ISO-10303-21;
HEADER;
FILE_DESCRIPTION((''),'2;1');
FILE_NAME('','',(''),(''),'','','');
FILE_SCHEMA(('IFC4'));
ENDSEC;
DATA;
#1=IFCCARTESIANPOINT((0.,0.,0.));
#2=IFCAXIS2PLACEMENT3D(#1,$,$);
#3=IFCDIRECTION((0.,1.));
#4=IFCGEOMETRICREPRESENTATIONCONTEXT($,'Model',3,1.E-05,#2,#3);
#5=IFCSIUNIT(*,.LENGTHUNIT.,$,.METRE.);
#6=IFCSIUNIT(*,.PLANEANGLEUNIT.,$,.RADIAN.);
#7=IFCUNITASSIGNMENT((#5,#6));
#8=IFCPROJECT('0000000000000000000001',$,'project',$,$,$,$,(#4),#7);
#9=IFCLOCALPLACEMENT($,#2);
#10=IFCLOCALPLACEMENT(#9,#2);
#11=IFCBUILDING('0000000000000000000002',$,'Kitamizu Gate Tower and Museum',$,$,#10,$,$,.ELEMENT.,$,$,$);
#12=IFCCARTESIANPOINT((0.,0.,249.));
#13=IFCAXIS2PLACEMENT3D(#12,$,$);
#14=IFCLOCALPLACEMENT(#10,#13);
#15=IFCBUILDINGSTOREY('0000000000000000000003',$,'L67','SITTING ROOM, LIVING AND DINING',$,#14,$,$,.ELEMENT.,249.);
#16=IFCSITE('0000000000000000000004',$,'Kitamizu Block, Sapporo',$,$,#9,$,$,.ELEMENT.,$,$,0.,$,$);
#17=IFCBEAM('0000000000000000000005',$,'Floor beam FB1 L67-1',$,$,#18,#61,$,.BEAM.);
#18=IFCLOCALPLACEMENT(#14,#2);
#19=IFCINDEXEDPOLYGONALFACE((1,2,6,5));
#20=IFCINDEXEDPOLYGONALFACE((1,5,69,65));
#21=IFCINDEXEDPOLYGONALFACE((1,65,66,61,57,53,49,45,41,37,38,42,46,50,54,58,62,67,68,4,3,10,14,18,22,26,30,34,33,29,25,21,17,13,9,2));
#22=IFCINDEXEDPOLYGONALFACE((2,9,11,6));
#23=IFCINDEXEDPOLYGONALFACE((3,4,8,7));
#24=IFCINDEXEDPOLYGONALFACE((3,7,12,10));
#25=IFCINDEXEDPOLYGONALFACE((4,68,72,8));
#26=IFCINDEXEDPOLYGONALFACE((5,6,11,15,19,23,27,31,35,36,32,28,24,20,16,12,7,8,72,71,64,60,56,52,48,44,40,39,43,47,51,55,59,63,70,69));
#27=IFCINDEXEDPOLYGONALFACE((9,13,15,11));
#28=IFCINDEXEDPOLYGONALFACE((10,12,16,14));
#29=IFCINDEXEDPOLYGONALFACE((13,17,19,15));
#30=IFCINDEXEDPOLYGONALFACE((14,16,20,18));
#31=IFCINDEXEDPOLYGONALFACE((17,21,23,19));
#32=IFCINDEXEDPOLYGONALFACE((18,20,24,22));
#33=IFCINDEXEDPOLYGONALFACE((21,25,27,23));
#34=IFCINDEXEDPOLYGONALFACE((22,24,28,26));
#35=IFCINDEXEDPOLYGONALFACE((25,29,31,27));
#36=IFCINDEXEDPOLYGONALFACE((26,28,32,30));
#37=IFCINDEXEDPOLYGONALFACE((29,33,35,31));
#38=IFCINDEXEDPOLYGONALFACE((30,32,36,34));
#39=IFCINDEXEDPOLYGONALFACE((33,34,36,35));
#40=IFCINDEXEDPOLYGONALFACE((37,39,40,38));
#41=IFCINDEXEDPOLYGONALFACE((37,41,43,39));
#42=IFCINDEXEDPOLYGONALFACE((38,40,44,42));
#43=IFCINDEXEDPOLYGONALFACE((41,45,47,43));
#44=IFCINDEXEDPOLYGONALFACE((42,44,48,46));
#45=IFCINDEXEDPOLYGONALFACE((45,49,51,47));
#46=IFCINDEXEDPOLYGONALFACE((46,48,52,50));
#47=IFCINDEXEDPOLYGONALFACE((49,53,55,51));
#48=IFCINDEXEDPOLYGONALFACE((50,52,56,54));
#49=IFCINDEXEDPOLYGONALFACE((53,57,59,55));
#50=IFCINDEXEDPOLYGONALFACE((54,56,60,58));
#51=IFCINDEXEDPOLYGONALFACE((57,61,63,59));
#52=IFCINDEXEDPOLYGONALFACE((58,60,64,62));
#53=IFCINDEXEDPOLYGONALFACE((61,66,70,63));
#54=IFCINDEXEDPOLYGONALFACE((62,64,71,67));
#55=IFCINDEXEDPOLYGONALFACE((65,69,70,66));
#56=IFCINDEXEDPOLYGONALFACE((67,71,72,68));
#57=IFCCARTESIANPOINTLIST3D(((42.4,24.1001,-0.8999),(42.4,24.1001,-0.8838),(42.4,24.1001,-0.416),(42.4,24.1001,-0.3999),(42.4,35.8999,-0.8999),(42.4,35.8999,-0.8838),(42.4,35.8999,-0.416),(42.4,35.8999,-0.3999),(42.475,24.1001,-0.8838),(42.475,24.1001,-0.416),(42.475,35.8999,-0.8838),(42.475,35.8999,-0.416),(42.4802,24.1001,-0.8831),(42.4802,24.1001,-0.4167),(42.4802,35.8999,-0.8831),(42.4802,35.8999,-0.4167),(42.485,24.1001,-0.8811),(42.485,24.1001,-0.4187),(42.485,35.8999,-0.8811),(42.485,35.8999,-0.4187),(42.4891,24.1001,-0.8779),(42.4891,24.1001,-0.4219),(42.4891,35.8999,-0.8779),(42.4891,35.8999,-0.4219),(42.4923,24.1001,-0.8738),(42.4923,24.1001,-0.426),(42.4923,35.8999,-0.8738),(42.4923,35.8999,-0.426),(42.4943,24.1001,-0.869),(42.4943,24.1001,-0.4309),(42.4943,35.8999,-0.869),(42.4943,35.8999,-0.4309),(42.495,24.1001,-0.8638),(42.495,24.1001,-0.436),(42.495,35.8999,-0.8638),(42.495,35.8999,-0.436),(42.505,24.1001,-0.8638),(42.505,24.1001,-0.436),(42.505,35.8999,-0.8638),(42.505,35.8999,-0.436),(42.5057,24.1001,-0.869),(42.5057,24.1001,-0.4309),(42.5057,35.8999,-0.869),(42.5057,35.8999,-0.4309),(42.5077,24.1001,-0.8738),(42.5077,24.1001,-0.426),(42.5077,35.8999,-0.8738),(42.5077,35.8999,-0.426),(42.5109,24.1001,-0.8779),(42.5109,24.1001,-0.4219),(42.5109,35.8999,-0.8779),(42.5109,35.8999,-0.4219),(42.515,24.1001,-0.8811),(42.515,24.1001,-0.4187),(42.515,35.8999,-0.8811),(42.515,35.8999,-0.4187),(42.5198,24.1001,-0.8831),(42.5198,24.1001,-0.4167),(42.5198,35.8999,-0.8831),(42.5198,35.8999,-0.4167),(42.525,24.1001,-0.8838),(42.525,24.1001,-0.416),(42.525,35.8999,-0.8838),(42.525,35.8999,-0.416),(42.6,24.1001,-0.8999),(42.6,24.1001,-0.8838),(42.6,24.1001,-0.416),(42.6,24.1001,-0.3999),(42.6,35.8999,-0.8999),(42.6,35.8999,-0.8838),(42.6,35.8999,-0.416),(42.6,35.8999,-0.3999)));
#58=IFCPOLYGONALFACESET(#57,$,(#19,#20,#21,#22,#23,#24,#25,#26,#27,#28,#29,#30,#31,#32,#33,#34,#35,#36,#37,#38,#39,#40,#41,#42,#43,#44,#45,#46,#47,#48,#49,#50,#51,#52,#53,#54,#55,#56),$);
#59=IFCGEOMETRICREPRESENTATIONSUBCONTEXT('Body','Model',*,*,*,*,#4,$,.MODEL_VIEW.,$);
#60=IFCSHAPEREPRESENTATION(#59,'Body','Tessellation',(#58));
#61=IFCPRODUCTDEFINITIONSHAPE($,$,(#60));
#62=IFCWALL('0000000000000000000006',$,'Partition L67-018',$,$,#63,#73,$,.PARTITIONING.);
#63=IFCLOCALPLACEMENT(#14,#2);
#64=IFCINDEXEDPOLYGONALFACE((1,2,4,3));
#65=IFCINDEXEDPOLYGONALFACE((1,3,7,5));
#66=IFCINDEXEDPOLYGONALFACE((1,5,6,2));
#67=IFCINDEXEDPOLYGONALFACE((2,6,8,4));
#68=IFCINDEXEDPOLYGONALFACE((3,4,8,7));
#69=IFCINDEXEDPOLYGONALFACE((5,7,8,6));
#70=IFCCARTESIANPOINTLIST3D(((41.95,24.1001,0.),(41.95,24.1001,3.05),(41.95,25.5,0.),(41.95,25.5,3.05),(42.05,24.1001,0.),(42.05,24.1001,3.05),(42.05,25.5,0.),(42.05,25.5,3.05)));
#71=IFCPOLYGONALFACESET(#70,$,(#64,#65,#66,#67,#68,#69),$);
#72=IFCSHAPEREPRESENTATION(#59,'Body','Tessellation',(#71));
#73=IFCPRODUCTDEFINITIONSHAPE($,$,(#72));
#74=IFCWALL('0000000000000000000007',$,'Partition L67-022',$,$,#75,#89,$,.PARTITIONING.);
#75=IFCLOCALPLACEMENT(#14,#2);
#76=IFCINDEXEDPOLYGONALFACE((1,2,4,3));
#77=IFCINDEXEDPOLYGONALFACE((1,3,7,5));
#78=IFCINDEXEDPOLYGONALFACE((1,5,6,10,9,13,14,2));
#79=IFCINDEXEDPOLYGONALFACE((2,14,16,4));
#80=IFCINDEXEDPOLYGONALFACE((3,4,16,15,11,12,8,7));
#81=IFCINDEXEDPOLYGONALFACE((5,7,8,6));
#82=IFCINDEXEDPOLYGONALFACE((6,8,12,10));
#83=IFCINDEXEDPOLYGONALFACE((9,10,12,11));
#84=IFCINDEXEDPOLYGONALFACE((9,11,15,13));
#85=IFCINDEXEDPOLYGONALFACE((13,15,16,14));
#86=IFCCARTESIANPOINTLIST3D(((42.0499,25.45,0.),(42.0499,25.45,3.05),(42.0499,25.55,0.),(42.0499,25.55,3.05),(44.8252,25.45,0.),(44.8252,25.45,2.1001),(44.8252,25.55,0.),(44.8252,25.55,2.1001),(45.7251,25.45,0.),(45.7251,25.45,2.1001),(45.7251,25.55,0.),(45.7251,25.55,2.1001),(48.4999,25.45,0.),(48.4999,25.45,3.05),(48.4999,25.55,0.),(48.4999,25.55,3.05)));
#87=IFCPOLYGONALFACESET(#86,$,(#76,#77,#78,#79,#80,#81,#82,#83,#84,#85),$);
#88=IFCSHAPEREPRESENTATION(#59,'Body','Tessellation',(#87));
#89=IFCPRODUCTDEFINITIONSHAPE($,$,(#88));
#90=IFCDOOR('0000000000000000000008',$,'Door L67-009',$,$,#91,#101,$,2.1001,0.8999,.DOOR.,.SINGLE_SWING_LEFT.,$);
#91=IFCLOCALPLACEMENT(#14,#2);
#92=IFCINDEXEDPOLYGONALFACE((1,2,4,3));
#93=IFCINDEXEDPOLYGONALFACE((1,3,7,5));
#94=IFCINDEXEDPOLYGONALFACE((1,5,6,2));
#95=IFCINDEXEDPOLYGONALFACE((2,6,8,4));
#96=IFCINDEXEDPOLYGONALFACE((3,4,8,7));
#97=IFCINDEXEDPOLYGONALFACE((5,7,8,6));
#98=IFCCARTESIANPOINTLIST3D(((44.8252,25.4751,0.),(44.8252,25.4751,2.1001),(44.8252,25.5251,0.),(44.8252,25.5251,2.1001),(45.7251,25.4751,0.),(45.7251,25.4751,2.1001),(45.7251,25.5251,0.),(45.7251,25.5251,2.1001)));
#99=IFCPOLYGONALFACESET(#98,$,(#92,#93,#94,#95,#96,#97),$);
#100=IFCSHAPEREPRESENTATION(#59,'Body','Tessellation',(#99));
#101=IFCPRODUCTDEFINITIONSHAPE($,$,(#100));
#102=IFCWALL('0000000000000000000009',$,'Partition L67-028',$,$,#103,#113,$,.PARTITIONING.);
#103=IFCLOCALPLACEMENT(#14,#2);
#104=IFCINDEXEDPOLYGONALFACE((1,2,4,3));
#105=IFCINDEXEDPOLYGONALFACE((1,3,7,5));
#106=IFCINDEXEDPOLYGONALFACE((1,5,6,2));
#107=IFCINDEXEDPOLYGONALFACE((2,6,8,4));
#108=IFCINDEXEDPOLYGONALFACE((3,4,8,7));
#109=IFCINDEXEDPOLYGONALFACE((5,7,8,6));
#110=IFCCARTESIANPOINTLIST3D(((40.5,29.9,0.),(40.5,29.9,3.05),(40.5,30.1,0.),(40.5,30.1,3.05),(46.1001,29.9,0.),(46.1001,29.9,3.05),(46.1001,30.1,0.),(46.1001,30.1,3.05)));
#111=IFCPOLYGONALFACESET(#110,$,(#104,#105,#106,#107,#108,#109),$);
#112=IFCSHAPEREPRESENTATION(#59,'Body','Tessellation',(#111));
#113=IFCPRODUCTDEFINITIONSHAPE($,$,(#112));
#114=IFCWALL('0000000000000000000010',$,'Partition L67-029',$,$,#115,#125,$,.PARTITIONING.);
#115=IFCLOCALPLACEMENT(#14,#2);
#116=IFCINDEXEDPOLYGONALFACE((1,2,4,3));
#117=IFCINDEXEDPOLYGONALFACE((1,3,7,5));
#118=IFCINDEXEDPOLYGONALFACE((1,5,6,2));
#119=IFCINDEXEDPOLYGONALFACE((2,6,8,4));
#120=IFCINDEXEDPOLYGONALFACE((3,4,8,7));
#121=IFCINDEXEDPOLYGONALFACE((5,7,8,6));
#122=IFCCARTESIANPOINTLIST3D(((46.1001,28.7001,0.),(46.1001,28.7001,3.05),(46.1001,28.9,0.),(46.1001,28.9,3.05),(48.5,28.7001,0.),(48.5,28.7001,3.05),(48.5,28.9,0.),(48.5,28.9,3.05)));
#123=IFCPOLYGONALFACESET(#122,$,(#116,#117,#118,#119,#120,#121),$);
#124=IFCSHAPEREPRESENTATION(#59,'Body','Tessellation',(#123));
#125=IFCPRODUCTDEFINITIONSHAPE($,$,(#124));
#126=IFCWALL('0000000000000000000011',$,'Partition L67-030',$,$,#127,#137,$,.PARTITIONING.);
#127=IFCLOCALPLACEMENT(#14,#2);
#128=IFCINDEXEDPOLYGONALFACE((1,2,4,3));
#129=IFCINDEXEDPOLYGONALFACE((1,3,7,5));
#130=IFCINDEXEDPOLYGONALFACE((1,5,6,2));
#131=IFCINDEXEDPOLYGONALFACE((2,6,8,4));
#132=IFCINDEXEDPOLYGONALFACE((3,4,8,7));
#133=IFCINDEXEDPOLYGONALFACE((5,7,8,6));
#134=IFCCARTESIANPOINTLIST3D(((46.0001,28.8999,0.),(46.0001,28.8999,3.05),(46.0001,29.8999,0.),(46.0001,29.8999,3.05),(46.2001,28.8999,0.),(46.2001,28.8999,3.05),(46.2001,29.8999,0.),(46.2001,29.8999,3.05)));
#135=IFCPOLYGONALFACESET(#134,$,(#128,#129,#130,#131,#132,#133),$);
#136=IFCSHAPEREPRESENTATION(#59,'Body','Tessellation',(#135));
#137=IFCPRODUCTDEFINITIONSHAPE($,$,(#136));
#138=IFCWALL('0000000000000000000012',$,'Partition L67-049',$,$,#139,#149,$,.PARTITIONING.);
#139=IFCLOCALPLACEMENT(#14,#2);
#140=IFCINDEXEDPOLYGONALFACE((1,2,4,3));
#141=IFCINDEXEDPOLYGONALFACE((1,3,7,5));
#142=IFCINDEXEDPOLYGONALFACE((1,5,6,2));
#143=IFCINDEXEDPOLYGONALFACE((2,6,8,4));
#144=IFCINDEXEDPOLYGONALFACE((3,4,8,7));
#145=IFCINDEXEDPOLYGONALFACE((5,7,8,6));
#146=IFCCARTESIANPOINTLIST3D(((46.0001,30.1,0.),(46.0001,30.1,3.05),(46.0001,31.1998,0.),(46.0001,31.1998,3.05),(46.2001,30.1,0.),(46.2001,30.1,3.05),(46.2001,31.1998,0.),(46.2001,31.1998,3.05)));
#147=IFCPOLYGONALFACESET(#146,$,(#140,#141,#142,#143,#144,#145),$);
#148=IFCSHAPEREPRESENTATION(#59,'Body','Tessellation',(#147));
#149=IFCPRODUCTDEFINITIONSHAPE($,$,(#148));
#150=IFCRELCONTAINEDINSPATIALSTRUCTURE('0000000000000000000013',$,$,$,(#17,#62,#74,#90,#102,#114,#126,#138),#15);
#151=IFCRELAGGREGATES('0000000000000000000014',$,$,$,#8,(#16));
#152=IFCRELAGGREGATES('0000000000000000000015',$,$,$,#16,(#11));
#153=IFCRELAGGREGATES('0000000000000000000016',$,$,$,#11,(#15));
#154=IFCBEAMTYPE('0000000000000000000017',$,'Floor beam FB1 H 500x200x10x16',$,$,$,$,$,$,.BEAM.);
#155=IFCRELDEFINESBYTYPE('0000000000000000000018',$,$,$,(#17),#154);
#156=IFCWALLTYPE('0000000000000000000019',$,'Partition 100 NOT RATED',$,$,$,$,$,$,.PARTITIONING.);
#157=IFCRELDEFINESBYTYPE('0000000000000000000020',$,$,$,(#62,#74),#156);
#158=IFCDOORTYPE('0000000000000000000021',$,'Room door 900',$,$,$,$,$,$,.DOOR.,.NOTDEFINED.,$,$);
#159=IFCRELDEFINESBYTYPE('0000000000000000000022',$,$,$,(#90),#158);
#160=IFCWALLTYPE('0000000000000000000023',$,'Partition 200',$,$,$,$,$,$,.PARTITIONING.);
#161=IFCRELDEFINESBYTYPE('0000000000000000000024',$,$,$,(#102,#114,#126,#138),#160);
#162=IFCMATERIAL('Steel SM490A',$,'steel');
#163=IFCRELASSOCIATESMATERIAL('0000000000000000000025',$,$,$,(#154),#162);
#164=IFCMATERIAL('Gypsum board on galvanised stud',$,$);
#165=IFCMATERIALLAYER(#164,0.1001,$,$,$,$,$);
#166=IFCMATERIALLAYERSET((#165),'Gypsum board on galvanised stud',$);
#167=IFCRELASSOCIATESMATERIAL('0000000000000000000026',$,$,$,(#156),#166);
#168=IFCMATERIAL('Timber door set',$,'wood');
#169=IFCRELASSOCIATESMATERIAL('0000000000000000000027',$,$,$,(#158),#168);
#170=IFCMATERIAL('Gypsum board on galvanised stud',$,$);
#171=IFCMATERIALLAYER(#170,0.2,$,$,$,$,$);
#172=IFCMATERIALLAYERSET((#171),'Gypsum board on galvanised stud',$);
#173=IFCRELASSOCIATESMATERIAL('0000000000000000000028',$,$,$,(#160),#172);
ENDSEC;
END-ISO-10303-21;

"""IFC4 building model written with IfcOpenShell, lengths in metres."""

from ifc_helpers import new_model, si_unit, direction, frame, frame_2d, origin, origin_2d, place, context, subcontext, project, spatial, rectangle, i_section, extrude, material, layer, layer_set, material_profile, profile_set, type_object, element, fill, save


model = new_model("IFC4")

# Units and contexts
model_context = context("Model", 3, precision=1e-05, world=origin(), true_north=direction((0.0, 1.0)))
body_context = subcontext(model_context, "Body", "Model", "MODEL_VIEW")
ifc_project = project(units=[si_unit("LENGTHUNIT", "METRE"), si_unit("PLANEANGLEUNIT", "RADIAN")], contexts=[model_context])

# Site, building, storey
site_placement = place(None, origin())
site = spatial("IfcSite", under=ifc_project, at=site_placement, Name="Kitamizu Block, Sapporo", CompositionType="ELEMENT", RefElevation=0.0)
building_placement = place(site_placement, origin())
building = spatial("IfcBuilding", under=site, at=building_placement, Name="Kitamizu Gate Tower and Museum", CompositionType="ELEMENT")
storey_placement = place(building_placement, frame((0.0, 0.0, 249.0)))
storey = spatial("IfcBuildingStorey", under=building, at=storey_placement, Name="L67", Description="SITTING ROOM, LIVING AND DINING", CompositionType="ELEMENT", Elevation=249.0)

# Beam
ifc_material_1 = material(Name="Steel SM490A", Category="steel")
ifc_material_profile = material_profile(ifc_material_1, i_section(OverallWidth=0.2, OverallDepth=0.5, WebThickness=0.01, FlangeThickness=0.0161, FilletRadius=0.02, at=origin_2d()), Name="H-500x200x10x16")
ifc_profile_set = profile_set([ifc_material_profile], Name="Steel SM490A")
beam_type = type_object("IfcBeamType", Name="Floor beam FB1 H 500x200x10x16", PredefinedType="BEAM", material=ifc_profile_set)
beam_placement = place(storey_placement, frame((42.5, 24.1001, -0.6499), z_axis=(0.0, 1.0, 0.0), x_axis=(-1.0, 0.0, 0.0)))
element("IfcBeam", 1, at=beam_placement, inside=storey, type_object=beam_type, Name="Floor beam FB1 L67-1", PredefinedType="BEAM", context=body_context, shape_type="SweptSolid", body=[
    extrude(i_section(OverallWidth=0.2, OverallDepth=0.5, WebThickness=0.01, FlangeThickness=0.0161, FilletRadius=0.02, at=origin_2d()), origin(), (0.0, 0.0, 1.0), 11.7998),
])

# Wall
ifc_material_2 = material(Name="Gypsum board on galvanised stud")
ifc_layer_1 = layer(ifc_material_2, 0.1001)
ifc_layer_set_1 = layer_set([ifc_layer_1], Name="Gypsum board on galvanised stud")
wall_type_1 = type_object("IfcWallType", Name="Partition 100 NOT RATED", PredefinedType="PARTITIONING", material=ifc_layer_set_1)
wall_1_placement = place(storey_placement, frame((42.0, 24.1001, 0.0), z_axis=(0.0, 0.0, 1.0), x_axis=(0.0, 1.0, 0.0)))
element("IfcWall", 2, at=wall_1_placement, inside=storey, type_object=wall_type_1, Name="Partition L67-018", PredefinedType="PARTITIONING", context=body_context, shape_type="SweptSolid", body=[
    extrude(rectangle(XDim=1.3999, YDim=0.1001, at=frame_2d((0.7, 0.0))), origin(), (0.0, 0.0, 1.0), 3.05),
])

# Wall, opening, door
wall_2_placement = place(storey_placement, frame((48.5, 25.5, 0.0), z_axis=(0.0, 0.0, 1.0), x_axis=(-1.0, 0.0, 0.0)))
wall_2 = element("IfcWall", 3, at=wall_2_placement, inside=storey, type_object=wall_type_1, Name="Partition L67-022", PredefinedType="PARTITIONING", context=body_context, shape_type="SweptSolid", body=[
    extrude(rectangle(XDim=6.45, YDim=0.1001, at=frame_2d((3.2251, 0.0))), origin(), (0.0, 0.0, 1.0), 3.05),
])
opening_1_placement = place(wall_2_placement, frame((2.7749, 0.0, 0.0)))
opening_1 = element("IfcOpeningElement", 4, at=opening_1_placement, cuts=wall_2, PredefinedType="OPENING", context=body_context, shape_type="SweptSolid", body=[
    extrude(rectangle(XDim=0.8999, YDim=2.1001, at=frame_2d((0.45, 1.05))), frame((0.0, 0.0601, 0.0), z_axis=(0.0, -1.0, 0.0), x_axis=(1.0, 0.0, 0.0)), (0.0, 0.0, 1.0), 0.1201),
])
ifc_material_3 = material(Name="Timber door set", Category="wood")
door_type_1 = type_object("IfcDoorType", Name="Room door 900", OperationType="NOTDEFINED", PredefinedType="DOOR", material=ifc_material_3)
door_1_placement = place(opening_1_placement, origin())
door_1 = element("IfcDoor", 5, at=door_1_placement, inside=storey, type_object=door_type_1, Name="Door L67-009", OperationType="SINGLE_SWING_LEFT", OverallHeight=2.1001, OverallWidth=0.8999, PredefinedType="DOOR", context=body_context, shape_type="SweptSolid", body=[
    extrude(rectangle(XDim=0.8999, YDim=2.1001, at=frame_2d((0.45, 1.05))), frame((0.0, 0.0249, 0.0), z_axis=(0.0, -1.0, 0.0), x_axis=(1.0, 0.0, 0.0)), (0.0, 0.0, 1.0), 0.05),
])
fill(opening_1, door_1)

# Walls
ifc_material_4 = material(Name="Gypsum board on galvanised stud")
ifc_layer_2 = layer(ifc_material_4, 0.2)
ifc_layer_set_2 = layer_set([ifc_layer_2], Name="Gypsum board on galvanised stud")
wall_type_2 = type_object("IfcWallType", Name="Partition 200", PredefinedType="PARTITIONING", material=ifc_layer_set_2)
wall_3_placement = place(storey_placement, frame((46.1001, 30.0, 0.0), z_axis=(0.0, 0.0, 1.0), x_axis=(-1.0, 0.0, 0.0)))
element("IfcWall", 6, at=wall_3_placement, inside=storey, type_object=wall_type_2, Name="Partition L67-028", PredefinedType="PARTITIONING", context=body_context, shape_type="SweptSolid", body=[
    extrude(rectangle(XDim=5.6001, YDim=0.2, at=frame_2d((2.8, 0.0))), origin(), (0.0, 0.0, 1.0), 3.05),
])
wall_4_placement = place(storey_placement, frame((48.5, 28.8, 0.0), z_axis=(0.0, 0.0, 1.0), x_axis=(-1.0, 0.0, 0.0)))
element("IfcWall", 7, at=wall_4_placement, inside=storey, type_object=wall_type_2, Name="Partition L67-029", PredefinedType="PARTITIONING", context=body_context, shape_type="SweptSolid", body=[
    extrude(rectangle(XDim=2.3999, YDim=0.2, at=frame_2d((1.2, 0.0))), origin(), (0.0, 0.0, 1.0), 3.05),
])
wall_5_placement = place(storey_placement, frame((46.1001, 28.8999, 0.0), z_axis=(0.0, 0.0, 1.0), x_axis=(0.0, 1.0, 0.0)))
element("IfcWall", 8, at=wall_5_placement, inside=storey, type_object=wall_type_2, Name="Partition L67-030", PredefinedType="PARTITIONING", context=body_context, shape_type="SweptSolid", body=[
    extrude(rectangle(XDim=1.0, YDim=0.2, at=frame_2d((0.5, 0.0))), origin(), (0.0, 0.0, 1.0), 3.05),
])
wall_6_placement = place(storey_placement, frame((46.1001, 30.1001, 0.0), z_axis=(0.0, 0.0, 1.0), x_axis=(0.0, 1.0, 0.0)))
element("IfcWall", 9, at=wall_6_placement, inside=storey, type_object=wall_type_2, Name="Partition L67-049", PredefinedType="PARTITIONING", context=body_context, shape_type="SweptSolid", body=[
    extrude(rectangle(XDim=1.0999, YDim=0.2, at=frame_2d((0.5498, 0.0))), origin(), (0.0, 0.0, 1.0), 3.05),
])

save(model, "model.ifc")
